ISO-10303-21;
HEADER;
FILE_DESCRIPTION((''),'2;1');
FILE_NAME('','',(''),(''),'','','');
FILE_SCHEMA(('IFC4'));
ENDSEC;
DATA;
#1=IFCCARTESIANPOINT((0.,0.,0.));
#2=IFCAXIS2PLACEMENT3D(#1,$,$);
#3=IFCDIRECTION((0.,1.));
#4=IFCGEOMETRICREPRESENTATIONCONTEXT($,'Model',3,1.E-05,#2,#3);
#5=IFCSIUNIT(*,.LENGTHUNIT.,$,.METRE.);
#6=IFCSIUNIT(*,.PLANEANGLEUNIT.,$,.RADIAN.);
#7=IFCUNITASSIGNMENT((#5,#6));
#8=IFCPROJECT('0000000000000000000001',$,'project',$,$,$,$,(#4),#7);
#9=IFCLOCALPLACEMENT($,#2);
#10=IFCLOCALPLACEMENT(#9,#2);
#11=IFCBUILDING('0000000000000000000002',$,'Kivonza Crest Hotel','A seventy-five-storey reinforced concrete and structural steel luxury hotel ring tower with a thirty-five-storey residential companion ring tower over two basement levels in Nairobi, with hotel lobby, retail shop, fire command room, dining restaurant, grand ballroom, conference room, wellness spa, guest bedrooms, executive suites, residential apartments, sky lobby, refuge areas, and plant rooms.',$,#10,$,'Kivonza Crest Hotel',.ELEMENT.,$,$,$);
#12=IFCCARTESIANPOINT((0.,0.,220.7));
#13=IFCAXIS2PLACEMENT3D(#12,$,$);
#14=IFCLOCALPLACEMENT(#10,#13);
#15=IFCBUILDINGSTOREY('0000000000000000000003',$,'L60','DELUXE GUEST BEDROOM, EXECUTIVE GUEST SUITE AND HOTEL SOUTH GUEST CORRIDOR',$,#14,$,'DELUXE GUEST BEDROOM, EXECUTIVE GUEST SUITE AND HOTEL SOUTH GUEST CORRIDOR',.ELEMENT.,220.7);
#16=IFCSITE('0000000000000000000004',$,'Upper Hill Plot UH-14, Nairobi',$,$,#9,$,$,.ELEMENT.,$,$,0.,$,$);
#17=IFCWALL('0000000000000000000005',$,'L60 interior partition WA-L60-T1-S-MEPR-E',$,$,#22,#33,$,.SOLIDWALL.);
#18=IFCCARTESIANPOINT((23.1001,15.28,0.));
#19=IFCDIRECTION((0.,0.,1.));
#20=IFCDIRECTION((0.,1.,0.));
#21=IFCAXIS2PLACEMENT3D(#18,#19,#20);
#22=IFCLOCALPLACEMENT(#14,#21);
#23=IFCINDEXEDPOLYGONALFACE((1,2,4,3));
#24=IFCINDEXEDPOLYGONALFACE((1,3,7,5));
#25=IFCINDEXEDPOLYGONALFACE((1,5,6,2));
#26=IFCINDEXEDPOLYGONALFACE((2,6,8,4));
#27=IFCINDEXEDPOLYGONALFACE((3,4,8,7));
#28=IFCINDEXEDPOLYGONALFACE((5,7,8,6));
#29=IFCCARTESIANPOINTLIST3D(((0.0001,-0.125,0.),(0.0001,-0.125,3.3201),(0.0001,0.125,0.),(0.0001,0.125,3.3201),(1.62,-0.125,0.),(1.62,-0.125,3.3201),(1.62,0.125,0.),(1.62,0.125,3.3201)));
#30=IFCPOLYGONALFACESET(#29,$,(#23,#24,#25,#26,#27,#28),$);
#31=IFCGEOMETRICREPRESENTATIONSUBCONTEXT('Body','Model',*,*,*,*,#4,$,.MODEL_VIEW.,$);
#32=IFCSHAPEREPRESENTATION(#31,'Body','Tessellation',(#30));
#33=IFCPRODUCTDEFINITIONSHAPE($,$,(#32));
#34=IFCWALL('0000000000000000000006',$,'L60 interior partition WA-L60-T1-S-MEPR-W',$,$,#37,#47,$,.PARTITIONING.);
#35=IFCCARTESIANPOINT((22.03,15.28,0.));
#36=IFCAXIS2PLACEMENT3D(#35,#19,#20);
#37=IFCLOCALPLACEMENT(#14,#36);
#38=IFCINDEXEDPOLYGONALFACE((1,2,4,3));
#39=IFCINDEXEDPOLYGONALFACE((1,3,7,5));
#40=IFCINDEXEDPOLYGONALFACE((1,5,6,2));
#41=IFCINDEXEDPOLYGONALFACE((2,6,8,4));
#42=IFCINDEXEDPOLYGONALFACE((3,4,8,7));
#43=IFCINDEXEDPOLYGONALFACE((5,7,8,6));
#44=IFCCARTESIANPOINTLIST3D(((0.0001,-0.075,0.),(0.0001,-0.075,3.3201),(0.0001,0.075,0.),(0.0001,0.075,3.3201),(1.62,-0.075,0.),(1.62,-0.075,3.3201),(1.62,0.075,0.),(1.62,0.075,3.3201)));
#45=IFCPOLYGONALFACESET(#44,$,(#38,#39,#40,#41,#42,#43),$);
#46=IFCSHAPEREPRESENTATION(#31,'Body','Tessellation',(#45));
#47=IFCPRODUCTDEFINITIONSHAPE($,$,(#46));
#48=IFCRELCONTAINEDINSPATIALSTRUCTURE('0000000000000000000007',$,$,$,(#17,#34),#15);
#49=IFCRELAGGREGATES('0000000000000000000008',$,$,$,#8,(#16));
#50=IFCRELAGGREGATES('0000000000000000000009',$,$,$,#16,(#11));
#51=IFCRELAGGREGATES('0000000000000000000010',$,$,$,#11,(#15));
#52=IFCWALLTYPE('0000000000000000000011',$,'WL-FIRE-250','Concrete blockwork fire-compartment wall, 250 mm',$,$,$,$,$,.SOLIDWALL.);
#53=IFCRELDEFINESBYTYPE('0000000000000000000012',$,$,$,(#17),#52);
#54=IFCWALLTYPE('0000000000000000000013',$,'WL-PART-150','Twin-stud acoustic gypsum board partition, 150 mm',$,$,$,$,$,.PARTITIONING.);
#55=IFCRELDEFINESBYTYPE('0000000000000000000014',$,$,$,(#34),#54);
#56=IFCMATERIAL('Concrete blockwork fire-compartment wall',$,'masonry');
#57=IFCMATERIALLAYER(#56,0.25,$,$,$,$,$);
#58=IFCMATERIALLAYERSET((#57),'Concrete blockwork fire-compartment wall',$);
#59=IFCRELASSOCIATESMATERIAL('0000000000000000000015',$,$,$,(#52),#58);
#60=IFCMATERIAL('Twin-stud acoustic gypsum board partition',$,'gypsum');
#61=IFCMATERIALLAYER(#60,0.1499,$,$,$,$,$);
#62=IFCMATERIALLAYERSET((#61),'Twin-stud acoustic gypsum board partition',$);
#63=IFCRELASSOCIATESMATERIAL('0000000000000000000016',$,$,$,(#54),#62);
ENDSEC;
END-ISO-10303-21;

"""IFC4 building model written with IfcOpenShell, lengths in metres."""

from ifc_helpers import new_model, si_unit, direction, frame, frame_2d, origin, place, context, subcontext, project, spatial, rectangle, extrude, material, layer, layer_set, type_object, element, save


model = new_model("IFC4")

# Units and contexts
model_context = context("Model", 3, precision=1e-05, world=origin(), true_north=direction((0.0, 1.0)))
body_context = subcontext(model_context, "Body", "Model", "MODEL_VIEW")
ifc_project = project(units=[si_unit("LENGTHUNIT", "METRE"), si_unit("PLANEANGLEUNIT", "RADIAN")], contexts=[model_context])

# Site, building, storey
site_placement = place(None, origin())
site = spatial("IfcSite", under=ifc_project, at=site_placement, Name="Upper Hill Plot UH-14, Nairobi", CompositionType="ELEMENT", RefElevation=0.0)
building_placement = place(site_placement, origin())
building = spatial("IfcBuilding", under=site, at=building_placement, Name="Kivonza Crest Hotel", Description="A seventy-five-storey reinforced concrete and structural steel luxury hotel ring tower with a thirty-five-storey residential companion ring tower over two basement levels in Nairobi, with hotel lobby, retail shop, fire command room, dining restaurant, grand ballroom, conference room, wellness spa, guest bedrooms, executive suites, residential apartments, sky lobby, refuge areas, and plant rooms.", LongName="Kivonza Crest Hotel", CompositionType="ELEMENT")
storey_placement = place(building_placement, frame((0.0, 0.0, 220.7)))
storey = spatial("IfcBuildingStorey", under=building, at=storey_placement, Name="L60", Description="DELUXE GUEST BEDROOM, EXECUTIVE GUEST SUITE AND HOTEL SOUTH GUEST CORRIDOR", LongName="DELUXE GUEST BEDROOM, EXECUTIVE GUEST SUITE AND HOTEL SOUTH GUEST CORRIDOR", CompositionType="ELEMENT", Elevation=220.7)

# Wall
ifc_material_1 = material(Name="Concrete blockwork fire-compartment wall", Category="masonry")
ifc_layer_1 = layer(ifc_material_1, 0.25)
ifc_layer_set_1 = layer_set([ifc_layer_1], Name="Concrete blockwork fire-compartment wall")
wall_type_1 = type_object("IfcWallType", Name="WL-FIRE-250", Description="Concrete blockwork fire-compartment wall, 250 mm", PredefinedType="SOLIDWALL", material=ifc_layer_set_1)
wall_1_placement = place(storey_placement, frame((23.1001, 15.28, 0.0), z_axis=(0.0, 0.0, 1.0), x_axis=(0.0, 1.0, 0.0)))
element("IfcWall", 1, at=wall_1_placement, inside=storey, type_object=wall_type_1, Name="L60 interior partition WA-L60-T1-S-MEPR-E", PredefinedType="SOLIDWALL", context=body_context, shape_type="SweptSolid", body=[
    extrude(rectangle(XDim=1.6199, YDim=0.25, at=frame_2d((0.8101, 0.0))), origin(), (0.0, 0.0, 1.0), 3.3201),
])

# Wall
ifc_material_2 = material(Name="Twin-stud acoustic gypsum board partition", Category="gypsum")
ifc_layer_2 = layer(ifc_material_2, 0.1499)
ifc_layer_set_2 = layer_set([ifc_layer_2], Name="Twin-stud acoustic gypsum board partition")
wall_type_2 = type_object("IfcWallType", Name="WL-PART-150", Description="Twin-stud acoustic gypsum board partition, 150 mm", PredefinedType="PARTITIONING", material=ifc_layer_set_2)
wall_2_placement = place(storey_placement, frame((22.03, 15.28, 0.0), z_axis=(0.0, 0.0, 1.0), x_axis=(0.0, 1.0, 0.0)))
element("IfcWall", 2, at=wall_2_placement, inside=storey, type_object=wall_type_2, Name="L60 interior partition WA-L60-T1-S-MEPR-W", PredefinedType="PARTITIONING", context=body_context, shape_type="SweptSolid", body=[
    extrude(rectangle(XDim=1.6199, YDim=0.1499, at=frame_2d((0.8101, 0.0))), origin(), (0.0, 0.0, 1.0), 3.3201),
])

save(model, "model.ifc")
